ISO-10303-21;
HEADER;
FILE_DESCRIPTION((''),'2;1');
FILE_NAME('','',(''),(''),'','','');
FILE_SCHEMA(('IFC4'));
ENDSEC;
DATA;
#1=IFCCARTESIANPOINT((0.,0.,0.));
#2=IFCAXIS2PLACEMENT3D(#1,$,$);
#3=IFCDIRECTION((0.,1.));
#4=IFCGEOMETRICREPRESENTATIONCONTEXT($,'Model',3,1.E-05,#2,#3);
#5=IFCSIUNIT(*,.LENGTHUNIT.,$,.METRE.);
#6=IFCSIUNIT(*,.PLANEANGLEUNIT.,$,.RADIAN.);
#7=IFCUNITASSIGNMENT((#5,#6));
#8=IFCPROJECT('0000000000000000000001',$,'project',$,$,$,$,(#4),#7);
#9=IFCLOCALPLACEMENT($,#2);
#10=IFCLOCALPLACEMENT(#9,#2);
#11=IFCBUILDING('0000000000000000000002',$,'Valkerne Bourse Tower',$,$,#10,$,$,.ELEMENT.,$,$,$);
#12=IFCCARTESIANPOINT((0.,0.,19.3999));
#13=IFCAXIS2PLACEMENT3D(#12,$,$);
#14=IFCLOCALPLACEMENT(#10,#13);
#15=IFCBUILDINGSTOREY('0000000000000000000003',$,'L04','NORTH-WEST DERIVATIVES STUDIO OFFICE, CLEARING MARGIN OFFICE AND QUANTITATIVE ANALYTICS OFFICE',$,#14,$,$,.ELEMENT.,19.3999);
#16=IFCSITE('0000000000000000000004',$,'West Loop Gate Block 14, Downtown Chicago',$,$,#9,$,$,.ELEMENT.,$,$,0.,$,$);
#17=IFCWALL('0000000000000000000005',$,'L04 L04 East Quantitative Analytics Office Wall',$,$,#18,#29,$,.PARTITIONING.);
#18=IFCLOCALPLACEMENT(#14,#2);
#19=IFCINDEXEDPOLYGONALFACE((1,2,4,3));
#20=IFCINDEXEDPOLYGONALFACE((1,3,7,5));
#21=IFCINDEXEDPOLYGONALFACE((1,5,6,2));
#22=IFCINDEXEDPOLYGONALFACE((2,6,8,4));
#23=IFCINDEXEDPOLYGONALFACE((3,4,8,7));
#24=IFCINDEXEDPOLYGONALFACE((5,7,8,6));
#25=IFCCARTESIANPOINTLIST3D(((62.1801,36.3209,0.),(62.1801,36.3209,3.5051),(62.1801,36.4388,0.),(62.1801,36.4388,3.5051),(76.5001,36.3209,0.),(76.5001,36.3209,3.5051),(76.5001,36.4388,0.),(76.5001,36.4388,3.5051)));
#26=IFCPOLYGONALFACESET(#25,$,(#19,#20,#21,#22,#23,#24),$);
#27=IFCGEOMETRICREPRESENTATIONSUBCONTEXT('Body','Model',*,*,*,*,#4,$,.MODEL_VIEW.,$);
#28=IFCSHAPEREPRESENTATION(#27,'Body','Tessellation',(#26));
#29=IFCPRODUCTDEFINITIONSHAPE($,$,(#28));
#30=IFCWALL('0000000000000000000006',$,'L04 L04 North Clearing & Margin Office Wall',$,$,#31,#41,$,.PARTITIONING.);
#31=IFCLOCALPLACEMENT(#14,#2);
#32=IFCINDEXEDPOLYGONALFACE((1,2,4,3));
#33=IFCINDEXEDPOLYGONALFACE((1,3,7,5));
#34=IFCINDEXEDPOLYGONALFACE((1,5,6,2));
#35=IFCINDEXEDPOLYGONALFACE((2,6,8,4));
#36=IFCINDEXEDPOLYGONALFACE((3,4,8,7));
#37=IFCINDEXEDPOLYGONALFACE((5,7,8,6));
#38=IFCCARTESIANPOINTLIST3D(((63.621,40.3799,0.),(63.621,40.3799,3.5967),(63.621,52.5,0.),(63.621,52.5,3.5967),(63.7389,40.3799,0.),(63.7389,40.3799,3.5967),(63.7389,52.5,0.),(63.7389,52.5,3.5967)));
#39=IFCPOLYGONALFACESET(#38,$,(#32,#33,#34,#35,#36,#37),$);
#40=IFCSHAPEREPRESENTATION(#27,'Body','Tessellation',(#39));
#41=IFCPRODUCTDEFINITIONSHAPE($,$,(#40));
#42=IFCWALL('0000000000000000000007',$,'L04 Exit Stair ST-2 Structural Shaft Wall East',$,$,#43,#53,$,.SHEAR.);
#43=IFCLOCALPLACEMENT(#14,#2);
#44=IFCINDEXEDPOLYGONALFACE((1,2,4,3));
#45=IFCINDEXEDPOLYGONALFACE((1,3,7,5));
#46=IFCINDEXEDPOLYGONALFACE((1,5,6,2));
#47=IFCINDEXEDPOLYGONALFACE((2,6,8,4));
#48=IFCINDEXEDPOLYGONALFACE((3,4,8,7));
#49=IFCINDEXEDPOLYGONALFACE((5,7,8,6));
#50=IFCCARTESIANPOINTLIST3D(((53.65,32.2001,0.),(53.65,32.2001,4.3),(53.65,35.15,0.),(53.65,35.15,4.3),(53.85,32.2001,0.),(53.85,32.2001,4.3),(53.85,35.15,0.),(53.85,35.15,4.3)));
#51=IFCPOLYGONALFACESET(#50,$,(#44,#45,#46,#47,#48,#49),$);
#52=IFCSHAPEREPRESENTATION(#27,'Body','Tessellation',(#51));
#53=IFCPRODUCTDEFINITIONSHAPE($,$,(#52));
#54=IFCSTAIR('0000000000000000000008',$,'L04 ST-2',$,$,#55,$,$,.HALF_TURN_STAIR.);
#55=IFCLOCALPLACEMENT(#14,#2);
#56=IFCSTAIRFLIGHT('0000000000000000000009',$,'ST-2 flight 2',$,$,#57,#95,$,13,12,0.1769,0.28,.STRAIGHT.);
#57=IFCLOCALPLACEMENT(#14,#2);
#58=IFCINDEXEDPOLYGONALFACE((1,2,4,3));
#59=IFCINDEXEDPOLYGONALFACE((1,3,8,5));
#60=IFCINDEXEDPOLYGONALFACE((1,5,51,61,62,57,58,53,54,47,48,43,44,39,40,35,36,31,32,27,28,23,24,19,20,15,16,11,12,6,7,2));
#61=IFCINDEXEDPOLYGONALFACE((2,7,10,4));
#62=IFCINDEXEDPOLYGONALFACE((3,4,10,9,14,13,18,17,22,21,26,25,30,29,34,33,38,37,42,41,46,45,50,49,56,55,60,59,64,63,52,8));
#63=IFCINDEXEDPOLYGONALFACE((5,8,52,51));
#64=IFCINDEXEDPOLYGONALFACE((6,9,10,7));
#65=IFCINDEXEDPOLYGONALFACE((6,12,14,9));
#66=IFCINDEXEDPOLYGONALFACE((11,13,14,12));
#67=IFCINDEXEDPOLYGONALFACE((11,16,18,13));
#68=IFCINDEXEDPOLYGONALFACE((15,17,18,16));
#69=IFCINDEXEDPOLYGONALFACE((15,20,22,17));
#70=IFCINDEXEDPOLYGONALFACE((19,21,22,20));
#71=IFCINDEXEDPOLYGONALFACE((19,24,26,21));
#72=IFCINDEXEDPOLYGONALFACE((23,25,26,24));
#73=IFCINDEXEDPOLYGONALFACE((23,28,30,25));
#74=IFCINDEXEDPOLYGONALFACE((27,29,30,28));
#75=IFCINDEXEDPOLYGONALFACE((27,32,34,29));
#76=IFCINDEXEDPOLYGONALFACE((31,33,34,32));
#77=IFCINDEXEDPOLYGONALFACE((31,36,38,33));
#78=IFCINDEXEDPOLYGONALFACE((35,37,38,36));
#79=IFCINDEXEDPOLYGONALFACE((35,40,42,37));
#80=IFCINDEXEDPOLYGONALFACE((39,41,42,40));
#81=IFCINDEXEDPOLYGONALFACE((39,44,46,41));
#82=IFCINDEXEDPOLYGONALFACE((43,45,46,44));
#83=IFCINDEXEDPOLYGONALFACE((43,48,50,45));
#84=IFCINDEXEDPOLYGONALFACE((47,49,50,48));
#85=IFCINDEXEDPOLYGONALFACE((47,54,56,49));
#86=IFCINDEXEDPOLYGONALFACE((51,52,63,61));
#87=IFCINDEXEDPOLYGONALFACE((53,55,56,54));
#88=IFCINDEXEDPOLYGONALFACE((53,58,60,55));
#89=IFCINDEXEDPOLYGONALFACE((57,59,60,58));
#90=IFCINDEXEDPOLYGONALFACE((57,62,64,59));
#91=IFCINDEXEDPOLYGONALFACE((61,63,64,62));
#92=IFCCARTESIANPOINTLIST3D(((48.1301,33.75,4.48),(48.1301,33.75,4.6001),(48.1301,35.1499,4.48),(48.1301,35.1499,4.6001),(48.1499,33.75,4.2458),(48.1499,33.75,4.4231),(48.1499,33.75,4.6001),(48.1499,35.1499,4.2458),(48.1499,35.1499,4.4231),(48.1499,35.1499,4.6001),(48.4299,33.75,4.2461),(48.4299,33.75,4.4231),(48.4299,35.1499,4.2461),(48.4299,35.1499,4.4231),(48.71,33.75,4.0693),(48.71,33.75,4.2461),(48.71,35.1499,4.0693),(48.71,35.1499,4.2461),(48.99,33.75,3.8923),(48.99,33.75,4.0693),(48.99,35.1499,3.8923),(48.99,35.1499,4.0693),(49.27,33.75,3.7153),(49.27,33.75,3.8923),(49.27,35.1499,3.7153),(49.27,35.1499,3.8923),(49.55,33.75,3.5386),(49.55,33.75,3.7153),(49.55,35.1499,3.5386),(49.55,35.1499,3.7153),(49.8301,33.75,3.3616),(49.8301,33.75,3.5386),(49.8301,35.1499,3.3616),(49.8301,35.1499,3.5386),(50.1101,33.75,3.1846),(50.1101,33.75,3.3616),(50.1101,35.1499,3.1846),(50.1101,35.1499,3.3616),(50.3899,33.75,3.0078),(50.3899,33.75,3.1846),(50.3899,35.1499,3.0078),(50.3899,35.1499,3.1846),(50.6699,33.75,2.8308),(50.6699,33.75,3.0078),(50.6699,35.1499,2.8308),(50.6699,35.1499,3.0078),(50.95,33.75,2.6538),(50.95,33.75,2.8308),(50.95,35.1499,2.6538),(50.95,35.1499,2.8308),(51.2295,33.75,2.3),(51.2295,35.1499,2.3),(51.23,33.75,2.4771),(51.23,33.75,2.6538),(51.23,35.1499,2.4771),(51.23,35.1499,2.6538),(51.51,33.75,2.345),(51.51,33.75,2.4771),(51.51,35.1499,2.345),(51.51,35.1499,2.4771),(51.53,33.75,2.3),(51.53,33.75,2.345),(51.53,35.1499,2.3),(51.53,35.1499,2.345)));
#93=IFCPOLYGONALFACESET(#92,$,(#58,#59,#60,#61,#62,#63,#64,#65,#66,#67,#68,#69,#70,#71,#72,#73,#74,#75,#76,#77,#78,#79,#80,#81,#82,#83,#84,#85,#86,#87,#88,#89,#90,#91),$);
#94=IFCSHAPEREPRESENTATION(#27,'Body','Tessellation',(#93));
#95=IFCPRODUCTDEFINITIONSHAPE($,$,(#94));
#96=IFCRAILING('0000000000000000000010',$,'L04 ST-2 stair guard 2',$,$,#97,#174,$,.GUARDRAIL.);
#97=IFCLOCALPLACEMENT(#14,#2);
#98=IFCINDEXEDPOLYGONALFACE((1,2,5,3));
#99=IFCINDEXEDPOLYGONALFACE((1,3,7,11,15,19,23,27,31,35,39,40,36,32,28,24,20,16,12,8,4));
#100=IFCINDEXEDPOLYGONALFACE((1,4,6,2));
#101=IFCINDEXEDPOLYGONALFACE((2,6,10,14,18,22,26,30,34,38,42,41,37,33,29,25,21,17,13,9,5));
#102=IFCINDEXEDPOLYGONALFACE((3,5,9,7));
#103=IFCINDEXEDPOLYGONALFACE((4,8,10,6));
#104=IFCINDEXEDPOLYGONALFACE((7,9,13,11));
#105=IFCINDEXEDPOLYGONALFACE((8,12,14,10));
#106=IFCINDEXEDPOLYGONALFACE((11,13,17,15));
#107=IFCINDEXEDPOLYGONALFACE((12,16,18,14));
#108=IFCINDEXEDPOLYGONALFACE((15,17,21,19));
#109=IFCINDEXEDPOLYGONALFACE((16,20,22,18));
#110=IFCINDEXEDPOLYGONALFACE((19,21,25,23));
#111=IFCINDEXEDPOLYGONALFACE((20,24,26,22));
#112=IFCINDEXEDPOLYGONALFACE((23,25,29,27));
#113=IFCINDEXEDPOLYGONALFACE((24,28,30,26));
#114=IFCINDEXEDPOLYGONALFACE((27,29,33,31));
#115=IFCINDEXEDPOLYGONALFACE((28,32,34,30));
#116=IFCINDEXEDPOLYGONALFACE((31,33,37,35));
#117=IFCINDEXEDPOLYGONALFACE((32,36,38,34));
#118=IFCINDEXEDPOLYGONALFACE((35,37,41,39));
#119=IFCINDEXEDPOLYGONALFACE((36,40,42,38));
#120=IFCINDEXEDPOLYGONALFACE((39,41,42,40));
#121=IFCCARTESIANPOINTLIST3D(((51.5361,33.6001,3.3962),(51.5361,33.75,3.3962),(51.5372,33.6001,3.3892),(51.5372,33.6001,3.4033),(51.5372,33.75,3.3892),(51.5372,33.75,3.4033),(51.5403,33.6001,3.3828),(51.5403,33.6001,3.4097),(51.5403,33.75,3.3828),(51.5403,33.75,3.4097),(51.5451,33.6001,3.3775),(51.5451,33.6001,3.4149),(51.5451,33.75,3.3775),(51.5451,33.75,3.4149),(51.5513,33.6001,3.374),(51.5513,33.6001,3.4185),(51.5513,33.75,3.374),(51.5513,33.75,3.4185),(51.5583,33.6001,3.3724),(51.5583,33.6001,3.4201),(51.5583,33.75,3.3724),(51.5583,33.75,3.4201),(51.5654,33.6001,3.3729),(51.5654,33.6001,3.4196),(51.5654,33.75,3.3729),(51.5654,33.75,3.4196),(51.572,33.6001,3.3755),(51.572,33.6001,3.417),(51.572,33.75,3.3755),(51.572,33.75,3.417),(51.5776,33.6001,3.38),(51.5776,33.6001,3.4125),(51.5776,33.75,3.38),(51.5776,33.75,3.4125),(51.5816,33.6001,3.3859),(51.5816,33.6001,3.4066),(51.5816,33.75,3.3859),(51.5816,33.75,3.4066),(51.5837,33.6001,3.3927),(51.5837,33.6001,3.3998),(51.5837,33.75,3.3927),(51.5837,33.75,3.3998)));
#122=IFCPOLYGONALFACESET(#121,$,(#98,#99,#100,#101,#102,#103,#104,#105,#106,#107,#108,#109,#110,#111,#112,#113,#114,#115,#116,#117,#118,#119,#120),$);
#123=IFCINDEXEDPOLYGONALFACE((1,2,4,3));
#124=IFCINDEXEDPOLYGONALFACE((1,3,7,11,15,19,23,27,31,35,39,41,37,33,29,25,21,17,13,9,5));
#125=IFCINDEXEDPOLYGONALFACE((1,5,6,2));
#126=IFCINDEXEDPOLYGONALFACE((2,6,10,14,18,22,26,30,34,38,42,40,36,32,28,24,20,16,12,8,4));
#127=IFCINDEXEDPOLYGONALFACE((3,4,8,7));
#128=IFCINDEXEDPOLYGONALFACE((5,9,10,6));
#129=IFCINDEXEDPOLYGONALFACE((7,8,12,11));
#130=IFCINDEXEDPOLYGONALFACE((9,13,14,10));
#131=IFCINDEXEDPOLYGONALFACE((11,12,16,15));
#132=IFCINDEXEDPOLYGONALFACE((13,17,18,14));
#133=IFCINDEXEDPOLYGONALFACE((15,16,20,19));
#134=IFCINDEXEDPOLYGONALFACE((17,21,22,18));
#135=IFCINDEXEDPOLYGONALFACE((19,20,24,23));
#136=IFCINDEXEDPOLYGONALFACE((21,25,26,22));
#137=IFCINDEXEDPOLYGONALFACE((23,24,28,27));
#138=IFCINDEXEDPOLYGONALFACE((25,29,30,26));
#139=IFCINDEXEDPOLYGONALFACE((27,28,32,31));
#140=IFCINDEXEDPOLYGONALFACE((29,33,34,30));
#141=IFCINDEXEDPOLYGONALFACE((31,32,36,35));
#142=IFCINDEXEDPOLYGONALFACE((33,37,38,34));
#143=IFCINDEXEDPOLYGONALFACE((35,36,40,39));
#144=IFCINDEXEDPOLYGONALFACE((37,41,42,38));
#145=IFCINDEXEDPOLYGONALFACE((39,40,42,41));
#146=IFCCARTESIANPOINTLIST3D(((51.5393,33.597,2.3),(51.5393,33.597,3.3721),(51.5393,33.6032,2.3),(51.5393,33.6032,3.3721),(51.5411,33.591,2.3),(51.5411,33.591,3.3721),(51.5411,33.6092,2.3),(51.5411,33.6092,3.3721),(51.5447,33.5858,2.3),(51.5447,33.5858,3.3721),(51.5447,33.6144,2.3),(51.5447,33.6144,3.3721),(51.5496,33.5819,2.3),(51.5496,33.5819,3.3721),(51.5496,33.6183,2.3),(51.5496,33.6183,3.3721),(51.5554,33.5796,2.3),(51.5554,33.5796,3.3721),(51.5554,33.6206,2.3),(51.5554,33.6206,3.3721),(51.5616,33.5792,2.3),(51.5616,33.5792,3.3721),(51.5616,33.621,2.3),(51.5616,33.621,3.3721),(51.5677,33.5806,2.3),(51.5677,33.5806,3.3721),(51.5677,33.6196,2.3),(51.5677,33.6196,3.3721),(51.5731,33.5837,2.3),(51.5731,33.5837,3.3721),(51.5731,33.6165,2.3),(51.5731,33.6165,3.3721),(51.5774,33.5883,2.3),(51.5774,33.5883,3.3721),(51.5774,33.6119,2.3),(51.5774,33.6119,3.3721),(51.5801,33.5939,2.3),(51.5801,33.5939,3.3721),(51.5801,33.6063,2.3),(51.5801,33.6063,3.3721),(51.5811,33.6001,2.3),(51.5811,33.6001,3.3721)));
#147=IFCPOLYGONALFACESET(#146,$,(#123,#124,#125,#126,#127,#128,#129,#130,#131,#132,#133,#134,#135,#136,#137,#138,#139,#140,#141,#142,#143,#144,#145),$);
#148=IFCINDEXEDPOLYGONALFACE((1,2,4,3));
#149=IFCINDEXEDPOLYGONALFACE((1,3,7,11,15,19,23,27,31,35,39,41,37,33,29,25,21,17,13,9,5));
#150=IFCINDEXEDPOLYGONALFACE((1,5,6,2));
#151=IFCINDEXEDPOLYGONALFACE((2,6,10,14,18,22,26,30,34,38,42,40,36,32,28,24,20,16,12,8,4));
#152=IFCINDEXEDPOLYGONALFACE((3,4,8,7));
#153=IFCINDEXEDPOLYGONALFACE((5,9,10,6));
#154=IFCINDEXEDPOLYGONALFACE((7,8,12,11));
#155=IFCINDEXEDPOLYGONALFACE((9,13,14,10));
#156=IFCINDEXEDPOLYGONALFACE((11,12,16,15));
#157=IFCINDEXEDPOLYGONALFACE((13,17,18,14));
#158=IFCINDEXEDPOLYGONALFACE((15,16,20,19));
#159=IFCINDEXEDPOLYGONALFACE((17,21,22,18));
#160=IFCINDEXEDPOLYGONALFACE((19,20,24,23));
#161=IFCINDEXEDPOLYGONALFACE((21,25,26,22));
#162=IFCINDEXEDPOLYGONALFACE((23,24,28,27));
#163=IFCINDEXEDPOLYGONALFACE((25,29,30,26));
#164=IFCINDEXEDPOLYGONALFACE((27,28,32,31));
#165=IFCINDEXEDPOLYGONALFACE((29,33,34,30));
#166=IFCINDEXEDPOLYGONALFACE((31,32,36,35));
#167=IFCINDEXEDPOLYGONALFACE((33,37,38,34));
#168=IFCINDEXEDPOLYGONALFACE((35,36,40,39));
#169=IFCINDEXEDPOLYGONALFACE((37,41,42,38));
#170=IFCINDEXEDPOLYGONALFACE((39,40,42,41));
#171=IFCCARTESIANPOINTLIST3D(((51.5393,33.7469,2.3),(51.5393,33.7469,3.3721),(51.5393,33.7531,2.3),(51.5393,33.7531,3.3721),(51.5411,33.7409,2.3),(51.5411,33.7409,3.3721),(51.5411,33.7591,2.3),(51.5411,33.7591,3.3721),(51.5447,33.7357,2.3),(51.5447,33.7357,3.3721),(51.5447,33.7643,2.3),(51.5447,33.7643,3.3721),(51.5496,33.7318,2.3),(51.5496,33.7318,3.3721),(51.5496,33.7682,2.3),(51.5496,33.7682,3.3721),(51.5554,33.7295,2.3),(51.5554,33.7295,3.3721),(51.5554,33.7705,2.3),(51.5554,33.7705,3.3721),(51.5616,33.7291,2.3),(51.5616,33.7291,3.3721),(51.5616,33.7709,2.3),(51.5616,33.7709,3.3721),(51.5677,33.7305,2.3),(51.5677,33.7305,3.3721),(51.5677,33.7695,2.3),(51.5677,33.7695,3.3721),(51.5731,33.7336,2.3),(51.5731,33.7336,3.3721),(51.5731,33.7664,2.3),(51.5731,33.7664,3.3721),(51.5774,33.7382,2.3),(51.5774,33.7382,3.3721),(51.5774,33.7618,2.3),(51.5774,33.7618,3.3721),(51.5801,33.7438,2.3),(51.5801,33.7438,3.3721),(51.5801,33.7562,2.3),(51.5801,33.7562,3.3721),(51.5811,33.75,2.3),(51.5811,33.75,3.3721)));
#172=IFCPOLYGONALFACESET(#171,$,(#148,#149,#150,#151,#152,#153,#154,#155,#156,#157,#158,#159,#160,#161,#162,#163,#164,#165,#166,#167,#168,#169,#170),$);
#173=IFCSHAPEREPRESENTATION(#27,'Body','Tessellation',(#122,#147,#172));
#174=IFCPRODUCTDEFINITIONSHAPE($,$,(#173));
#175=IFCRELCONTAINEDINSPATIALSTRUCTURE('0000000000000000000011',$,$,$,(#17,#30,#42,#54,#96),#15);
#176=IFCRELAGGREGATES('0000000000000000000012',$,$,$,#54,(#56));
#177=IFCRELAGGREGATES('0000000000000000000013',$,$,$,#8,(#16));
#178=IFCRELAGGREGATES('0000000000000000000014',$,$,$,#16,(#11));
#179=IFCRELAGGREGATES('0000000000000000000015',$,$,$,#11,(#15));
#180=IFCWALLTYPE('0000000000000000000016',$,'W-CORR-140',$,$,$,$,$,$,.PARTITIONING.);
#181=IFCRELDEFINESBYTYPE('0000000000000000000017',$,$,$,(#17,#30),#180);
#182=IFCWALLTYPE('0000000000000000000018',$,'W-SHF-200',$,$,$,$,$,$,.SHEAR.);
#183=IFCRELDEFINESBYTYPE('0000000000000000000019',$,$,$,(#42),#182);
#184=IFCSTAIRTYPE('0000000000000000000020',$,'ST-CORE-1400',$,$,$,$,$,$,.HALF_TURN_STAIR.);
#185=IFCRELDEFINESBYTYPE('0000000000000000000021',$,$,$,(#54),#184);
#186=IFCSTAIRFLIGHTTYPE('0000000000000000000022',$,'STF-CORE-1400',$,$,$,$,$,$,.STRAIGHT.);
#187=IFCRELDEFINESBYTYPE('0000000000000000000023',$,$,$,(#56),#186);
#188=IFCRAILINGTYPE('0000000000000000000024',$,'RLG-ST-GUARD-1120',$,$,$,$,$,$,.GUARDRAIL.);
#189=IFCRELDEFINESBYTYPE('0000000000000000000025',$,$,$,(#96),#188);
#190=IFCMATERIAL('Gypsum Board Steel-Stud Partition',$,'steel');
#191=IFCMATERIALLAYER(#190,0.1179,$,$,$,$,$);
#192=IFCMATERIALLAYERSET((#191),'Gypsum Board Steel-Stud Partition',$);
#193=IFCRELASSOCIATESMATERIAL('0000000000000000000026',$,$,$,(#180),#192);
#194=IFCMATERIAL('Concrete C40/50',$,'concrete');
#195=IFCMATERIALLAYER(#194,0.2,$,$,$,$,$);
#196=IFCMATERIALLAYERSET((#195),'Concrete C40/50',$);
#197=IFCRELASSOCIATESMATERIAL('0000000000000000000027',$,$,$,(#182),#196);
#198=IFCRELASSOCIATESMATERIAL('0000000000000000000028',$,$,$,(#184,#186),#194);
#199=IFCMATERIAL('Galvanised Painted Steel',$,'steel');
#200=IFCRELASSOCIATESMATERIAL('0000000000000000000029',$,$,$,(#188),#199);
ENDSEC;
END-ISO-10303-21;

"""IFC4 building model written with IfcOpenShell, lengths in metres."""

from ifc_helpers import new_model, si_unit, direction, frame, frame_2d, origin, origin_2d, place, context, subcontext, project, spatial, polyline, rectangle, circle, outline, extrude, material, layer, layer_set, type_object, element, aggregate, save


model = new_model("IFC4")

# Units and contexts
model_context = context("Model", 3, precision=1e-05, world=origin(), true_north=direction((0.0, 1.0)))
body_context = subcontext(model_context, "Body", "Model", "MODEL_VIEW")
ifc_project = project(units=[si_unit("LENGTHUNIT", "METRE"), si_unit("PLANEANGLEUNIT", "RADIAN")], contexts=[model_context])

# Site, building, storey
site_placement = place(None, origin())
site = spatial("IfcSite", under=ifc_project, at=site_placement, Name="West Loop Gate Block 14, Downtown Chicago", CompositionType="ELEMENT", RefElevation=0.0)
building_placement = place(site_placement, origin())
building = spatial("IfcBuilding", under=site, at=building_placement, Name="Valkerne Bourse Tower", CompositionType="ELEMENT")
storey_placement = place(building_placement, frame((0.0, 0.0, 19.3999)))
storey = spatial("IfcBuildingStorey", under=building, at=storey_placement, Name="L04", Description="NORTH-WEST DERIVATIVES STUDIO OFFICE, CLEARING MARGIN OFFICE AND QUANTITATIVE ANALYTICS OFFICE", CompositionType="ELEMENT", Elevation=19.3999)

# Walls
ifc_material_1 = material(Name="Gypsum Board Steel-Stud Partition", Category="steel")
ifc_layer_1 = layer(ifc_material_1, 0.1179)
ifc_layer_set_1 = layer_set([ifc_layer_1], Name="Gypsum Board Steel-Stud Partition")
wall_type_1 = type_object("IfcWallType", Name="W-CORR-140", PredefinedType="PARTITIONING", material=ifc_layer_set_1)
wall_1_placement = place(storey_placement, frame((62.1799, 36.3799, 0.0), z_axis=(0.0, 0.0, 1.0), x_axis=(1.0, 0.0, 0.0)))
element("IfcWall", 1, at=wall_1_placement, inside=storey, type_object=wall_type_1, Name="L04 L04 East Quantitative Analytics Office Wall", PredefinedType="PARTITIONING", context=body_context, shape_type="SweptSolid", body=[
    extrude(rectangle(XDim=14.3201, YDim=0.1179, at=frame_2d((7.1602, 0.0))), origin(), (0.0, 0.0, 1.0), 3.5051),
])
wall_2_placement = place(storey_placement, frame((63.6799, 40.3799, 0.0), z_axis=(0.0, 0.0, 1.0), x_axis=(0.0, 1.0, 0.0)))
element("IfcWall", 2, at=wall_2_placement, inside=storey, type_object=wall_type_1, Name="L04 L04 North Clearing & Margin Office Wall", PredefinedType="PARTITIONING", context=body_context, shape_type="SweptSolid", body=[
    extrude(rectangle(XDim=12.1201, YDim=0.1179, at=frame_2d((6.0601, 0.0))), origin(), (0.0, 0.0, 1.0), 3.5967),
])
ifc_material_2 = material(Name="Concrete C40/50", Category="concrete")
ifc_layer_2 = layer(ifc_material_2, 0.2)
ifc_layer_set_2 = layer_set([ifc_layer_2], Name="Concrete C40/50")
wall_type_2 = type_object("IfcWallType", Name="W-SHF-200", PredefinedType="SHEAR", material=ifc_layer_set_2)
wall_3_placement = place(storey_placement, frame((53.75, 32.2, 0.0), z_axis=(0.0, 0.0, 1.0), x_axis=(0.0, 1.0, 0.0)))
element("IfcWall", 3, at=wall_3_placement, inside=storey, type_object=wall_type_2, Name="L04 Exit Stair ST-2 Structural Shaft Wall East", PredefinedType="SHEAR", context=body_context, shape_type="SweptSolid", body=[
    extrude(rectangle(XDim=2.95, YDim=0.2, at=frame_2d((1.4751, 0.0))), origin(), (0.0, 0.0, 1.0), 4.3),
])

# Stair, stair flight
stair_type = type_object("IfcStairType", Name="ST-CORE-1400", PredefinedType="HALF_TURN_STAIR", material=ifc_material_2)
stair_placement = place(storey_placement, origin())
stair = element("IfcStair", 4, at=stair_placement, inside=storey, type_object=stair_type, Name="L04 ST-2", PredefinedType="HALF_TURN_STAIR")
stair_flight_type = type_object("IfcStairFlightType", Name="STF-CORE-1400", PredefinedType="STRAIGHT", material=ifc_material_2)
stair_flight_placement = place(storey_placement, frame((51.51, 34.45, 2.3), z_axis=(0.0, 0.0, 1.0), x_axis=(-1.0, 0.0, 0.0)))
stair_flight = element("IfcStairFlight", 5, at=stair_flight_placement, type_object=stair_flight_type, Name="ST-2 flight 2", NumberOfRisers=13, NumberOfTreads=12, PredefinedType="STRAIGHT", RiserHeight=0.1769, TreadLength=0.28, context=body_context, shape_type="SweptSolid", body=[
    extrude(outline(polyline([(-0.02, 0.0), (-0.02, 0.0449), (0.0, 0.0449), (0.0, 0.177), (0.28, 0.177), (0.28, 0.3538), (0.5601, 0.3538), (0.5601, 0.5308), (0.8401, 0.5308), (0.8401, 0.7078), (1.1201, 0.7078), (1.1201, 0.8845), (1.3999, 0.8845), (1.3999, 1.0615), (1.6799, 1.0615), (1.6799, 1.2385), (1.96, 1.2385), (1.96, 1.4153), (2.24, 1.4153), (2.24, 1.5923), (2.52, 1.5923), (2.52, 1.7693), (2.8, 1.7693), (2.8, 1.946), (3.0801, 1.946), (3.0801, 2.123), (3.3601, 2.123), (3.3601, 2.3), (3.3799, 2.3), (3.3799, 2.1799), (3.3601, 1.9458), (0.2805, 0.0), (-0.02, 0.0)])), frame((0.0, 0.7, 0.0), z_axis=(0.0, -1.0, 0.0), x_axis=(1.0, 0.0, 0.0)), (0.0, 0.0, 1.0), 1.3999),
])
aggregate(stair, [stair_flight])

# Railing
ifc_material_3 = material(Name="Galvanised Painted Steel", Category="steel")
railing_type_1 = type_object("IfcRailingType", Name="RLG-ST-GUARD-1120", PredefinedType="GUARDRAIL", material=ifc_material_3)
railing_1_placement = place(storey_placement, frame((51.5601, 33.6001, 2.3)))
element("IfcRailing", 6, at=railing_1_placement, inside=storey, type_object=railing_type_1, Name="L04 ST-2 stair guard 2", PredefinedType="GUARDRAIL", context=body_context, shape_type="SweptSolid", body=[
    extrude(circle(Radius=0.0239, at=origin_2d()), frame((0.0, 0.0, 1.0962), z_axis=(0.0, 1.0, 0.0), x_axis=(-1.0, 0.0, 0.0)), (0.0, 0.0, 1.0), 0.1499),
    extrude(circle(Radius=0.021, at=origin_2d()), origin(), (0.0, 0.0, 1.0), 1.072),
    extrude(circle(Radius=0.021, at=origin_2d()), frame((0.0, 0.1499, 0.0)), (0.0, 0.0, 1.0), 1.072),
])

save(model, "model.ifc")
